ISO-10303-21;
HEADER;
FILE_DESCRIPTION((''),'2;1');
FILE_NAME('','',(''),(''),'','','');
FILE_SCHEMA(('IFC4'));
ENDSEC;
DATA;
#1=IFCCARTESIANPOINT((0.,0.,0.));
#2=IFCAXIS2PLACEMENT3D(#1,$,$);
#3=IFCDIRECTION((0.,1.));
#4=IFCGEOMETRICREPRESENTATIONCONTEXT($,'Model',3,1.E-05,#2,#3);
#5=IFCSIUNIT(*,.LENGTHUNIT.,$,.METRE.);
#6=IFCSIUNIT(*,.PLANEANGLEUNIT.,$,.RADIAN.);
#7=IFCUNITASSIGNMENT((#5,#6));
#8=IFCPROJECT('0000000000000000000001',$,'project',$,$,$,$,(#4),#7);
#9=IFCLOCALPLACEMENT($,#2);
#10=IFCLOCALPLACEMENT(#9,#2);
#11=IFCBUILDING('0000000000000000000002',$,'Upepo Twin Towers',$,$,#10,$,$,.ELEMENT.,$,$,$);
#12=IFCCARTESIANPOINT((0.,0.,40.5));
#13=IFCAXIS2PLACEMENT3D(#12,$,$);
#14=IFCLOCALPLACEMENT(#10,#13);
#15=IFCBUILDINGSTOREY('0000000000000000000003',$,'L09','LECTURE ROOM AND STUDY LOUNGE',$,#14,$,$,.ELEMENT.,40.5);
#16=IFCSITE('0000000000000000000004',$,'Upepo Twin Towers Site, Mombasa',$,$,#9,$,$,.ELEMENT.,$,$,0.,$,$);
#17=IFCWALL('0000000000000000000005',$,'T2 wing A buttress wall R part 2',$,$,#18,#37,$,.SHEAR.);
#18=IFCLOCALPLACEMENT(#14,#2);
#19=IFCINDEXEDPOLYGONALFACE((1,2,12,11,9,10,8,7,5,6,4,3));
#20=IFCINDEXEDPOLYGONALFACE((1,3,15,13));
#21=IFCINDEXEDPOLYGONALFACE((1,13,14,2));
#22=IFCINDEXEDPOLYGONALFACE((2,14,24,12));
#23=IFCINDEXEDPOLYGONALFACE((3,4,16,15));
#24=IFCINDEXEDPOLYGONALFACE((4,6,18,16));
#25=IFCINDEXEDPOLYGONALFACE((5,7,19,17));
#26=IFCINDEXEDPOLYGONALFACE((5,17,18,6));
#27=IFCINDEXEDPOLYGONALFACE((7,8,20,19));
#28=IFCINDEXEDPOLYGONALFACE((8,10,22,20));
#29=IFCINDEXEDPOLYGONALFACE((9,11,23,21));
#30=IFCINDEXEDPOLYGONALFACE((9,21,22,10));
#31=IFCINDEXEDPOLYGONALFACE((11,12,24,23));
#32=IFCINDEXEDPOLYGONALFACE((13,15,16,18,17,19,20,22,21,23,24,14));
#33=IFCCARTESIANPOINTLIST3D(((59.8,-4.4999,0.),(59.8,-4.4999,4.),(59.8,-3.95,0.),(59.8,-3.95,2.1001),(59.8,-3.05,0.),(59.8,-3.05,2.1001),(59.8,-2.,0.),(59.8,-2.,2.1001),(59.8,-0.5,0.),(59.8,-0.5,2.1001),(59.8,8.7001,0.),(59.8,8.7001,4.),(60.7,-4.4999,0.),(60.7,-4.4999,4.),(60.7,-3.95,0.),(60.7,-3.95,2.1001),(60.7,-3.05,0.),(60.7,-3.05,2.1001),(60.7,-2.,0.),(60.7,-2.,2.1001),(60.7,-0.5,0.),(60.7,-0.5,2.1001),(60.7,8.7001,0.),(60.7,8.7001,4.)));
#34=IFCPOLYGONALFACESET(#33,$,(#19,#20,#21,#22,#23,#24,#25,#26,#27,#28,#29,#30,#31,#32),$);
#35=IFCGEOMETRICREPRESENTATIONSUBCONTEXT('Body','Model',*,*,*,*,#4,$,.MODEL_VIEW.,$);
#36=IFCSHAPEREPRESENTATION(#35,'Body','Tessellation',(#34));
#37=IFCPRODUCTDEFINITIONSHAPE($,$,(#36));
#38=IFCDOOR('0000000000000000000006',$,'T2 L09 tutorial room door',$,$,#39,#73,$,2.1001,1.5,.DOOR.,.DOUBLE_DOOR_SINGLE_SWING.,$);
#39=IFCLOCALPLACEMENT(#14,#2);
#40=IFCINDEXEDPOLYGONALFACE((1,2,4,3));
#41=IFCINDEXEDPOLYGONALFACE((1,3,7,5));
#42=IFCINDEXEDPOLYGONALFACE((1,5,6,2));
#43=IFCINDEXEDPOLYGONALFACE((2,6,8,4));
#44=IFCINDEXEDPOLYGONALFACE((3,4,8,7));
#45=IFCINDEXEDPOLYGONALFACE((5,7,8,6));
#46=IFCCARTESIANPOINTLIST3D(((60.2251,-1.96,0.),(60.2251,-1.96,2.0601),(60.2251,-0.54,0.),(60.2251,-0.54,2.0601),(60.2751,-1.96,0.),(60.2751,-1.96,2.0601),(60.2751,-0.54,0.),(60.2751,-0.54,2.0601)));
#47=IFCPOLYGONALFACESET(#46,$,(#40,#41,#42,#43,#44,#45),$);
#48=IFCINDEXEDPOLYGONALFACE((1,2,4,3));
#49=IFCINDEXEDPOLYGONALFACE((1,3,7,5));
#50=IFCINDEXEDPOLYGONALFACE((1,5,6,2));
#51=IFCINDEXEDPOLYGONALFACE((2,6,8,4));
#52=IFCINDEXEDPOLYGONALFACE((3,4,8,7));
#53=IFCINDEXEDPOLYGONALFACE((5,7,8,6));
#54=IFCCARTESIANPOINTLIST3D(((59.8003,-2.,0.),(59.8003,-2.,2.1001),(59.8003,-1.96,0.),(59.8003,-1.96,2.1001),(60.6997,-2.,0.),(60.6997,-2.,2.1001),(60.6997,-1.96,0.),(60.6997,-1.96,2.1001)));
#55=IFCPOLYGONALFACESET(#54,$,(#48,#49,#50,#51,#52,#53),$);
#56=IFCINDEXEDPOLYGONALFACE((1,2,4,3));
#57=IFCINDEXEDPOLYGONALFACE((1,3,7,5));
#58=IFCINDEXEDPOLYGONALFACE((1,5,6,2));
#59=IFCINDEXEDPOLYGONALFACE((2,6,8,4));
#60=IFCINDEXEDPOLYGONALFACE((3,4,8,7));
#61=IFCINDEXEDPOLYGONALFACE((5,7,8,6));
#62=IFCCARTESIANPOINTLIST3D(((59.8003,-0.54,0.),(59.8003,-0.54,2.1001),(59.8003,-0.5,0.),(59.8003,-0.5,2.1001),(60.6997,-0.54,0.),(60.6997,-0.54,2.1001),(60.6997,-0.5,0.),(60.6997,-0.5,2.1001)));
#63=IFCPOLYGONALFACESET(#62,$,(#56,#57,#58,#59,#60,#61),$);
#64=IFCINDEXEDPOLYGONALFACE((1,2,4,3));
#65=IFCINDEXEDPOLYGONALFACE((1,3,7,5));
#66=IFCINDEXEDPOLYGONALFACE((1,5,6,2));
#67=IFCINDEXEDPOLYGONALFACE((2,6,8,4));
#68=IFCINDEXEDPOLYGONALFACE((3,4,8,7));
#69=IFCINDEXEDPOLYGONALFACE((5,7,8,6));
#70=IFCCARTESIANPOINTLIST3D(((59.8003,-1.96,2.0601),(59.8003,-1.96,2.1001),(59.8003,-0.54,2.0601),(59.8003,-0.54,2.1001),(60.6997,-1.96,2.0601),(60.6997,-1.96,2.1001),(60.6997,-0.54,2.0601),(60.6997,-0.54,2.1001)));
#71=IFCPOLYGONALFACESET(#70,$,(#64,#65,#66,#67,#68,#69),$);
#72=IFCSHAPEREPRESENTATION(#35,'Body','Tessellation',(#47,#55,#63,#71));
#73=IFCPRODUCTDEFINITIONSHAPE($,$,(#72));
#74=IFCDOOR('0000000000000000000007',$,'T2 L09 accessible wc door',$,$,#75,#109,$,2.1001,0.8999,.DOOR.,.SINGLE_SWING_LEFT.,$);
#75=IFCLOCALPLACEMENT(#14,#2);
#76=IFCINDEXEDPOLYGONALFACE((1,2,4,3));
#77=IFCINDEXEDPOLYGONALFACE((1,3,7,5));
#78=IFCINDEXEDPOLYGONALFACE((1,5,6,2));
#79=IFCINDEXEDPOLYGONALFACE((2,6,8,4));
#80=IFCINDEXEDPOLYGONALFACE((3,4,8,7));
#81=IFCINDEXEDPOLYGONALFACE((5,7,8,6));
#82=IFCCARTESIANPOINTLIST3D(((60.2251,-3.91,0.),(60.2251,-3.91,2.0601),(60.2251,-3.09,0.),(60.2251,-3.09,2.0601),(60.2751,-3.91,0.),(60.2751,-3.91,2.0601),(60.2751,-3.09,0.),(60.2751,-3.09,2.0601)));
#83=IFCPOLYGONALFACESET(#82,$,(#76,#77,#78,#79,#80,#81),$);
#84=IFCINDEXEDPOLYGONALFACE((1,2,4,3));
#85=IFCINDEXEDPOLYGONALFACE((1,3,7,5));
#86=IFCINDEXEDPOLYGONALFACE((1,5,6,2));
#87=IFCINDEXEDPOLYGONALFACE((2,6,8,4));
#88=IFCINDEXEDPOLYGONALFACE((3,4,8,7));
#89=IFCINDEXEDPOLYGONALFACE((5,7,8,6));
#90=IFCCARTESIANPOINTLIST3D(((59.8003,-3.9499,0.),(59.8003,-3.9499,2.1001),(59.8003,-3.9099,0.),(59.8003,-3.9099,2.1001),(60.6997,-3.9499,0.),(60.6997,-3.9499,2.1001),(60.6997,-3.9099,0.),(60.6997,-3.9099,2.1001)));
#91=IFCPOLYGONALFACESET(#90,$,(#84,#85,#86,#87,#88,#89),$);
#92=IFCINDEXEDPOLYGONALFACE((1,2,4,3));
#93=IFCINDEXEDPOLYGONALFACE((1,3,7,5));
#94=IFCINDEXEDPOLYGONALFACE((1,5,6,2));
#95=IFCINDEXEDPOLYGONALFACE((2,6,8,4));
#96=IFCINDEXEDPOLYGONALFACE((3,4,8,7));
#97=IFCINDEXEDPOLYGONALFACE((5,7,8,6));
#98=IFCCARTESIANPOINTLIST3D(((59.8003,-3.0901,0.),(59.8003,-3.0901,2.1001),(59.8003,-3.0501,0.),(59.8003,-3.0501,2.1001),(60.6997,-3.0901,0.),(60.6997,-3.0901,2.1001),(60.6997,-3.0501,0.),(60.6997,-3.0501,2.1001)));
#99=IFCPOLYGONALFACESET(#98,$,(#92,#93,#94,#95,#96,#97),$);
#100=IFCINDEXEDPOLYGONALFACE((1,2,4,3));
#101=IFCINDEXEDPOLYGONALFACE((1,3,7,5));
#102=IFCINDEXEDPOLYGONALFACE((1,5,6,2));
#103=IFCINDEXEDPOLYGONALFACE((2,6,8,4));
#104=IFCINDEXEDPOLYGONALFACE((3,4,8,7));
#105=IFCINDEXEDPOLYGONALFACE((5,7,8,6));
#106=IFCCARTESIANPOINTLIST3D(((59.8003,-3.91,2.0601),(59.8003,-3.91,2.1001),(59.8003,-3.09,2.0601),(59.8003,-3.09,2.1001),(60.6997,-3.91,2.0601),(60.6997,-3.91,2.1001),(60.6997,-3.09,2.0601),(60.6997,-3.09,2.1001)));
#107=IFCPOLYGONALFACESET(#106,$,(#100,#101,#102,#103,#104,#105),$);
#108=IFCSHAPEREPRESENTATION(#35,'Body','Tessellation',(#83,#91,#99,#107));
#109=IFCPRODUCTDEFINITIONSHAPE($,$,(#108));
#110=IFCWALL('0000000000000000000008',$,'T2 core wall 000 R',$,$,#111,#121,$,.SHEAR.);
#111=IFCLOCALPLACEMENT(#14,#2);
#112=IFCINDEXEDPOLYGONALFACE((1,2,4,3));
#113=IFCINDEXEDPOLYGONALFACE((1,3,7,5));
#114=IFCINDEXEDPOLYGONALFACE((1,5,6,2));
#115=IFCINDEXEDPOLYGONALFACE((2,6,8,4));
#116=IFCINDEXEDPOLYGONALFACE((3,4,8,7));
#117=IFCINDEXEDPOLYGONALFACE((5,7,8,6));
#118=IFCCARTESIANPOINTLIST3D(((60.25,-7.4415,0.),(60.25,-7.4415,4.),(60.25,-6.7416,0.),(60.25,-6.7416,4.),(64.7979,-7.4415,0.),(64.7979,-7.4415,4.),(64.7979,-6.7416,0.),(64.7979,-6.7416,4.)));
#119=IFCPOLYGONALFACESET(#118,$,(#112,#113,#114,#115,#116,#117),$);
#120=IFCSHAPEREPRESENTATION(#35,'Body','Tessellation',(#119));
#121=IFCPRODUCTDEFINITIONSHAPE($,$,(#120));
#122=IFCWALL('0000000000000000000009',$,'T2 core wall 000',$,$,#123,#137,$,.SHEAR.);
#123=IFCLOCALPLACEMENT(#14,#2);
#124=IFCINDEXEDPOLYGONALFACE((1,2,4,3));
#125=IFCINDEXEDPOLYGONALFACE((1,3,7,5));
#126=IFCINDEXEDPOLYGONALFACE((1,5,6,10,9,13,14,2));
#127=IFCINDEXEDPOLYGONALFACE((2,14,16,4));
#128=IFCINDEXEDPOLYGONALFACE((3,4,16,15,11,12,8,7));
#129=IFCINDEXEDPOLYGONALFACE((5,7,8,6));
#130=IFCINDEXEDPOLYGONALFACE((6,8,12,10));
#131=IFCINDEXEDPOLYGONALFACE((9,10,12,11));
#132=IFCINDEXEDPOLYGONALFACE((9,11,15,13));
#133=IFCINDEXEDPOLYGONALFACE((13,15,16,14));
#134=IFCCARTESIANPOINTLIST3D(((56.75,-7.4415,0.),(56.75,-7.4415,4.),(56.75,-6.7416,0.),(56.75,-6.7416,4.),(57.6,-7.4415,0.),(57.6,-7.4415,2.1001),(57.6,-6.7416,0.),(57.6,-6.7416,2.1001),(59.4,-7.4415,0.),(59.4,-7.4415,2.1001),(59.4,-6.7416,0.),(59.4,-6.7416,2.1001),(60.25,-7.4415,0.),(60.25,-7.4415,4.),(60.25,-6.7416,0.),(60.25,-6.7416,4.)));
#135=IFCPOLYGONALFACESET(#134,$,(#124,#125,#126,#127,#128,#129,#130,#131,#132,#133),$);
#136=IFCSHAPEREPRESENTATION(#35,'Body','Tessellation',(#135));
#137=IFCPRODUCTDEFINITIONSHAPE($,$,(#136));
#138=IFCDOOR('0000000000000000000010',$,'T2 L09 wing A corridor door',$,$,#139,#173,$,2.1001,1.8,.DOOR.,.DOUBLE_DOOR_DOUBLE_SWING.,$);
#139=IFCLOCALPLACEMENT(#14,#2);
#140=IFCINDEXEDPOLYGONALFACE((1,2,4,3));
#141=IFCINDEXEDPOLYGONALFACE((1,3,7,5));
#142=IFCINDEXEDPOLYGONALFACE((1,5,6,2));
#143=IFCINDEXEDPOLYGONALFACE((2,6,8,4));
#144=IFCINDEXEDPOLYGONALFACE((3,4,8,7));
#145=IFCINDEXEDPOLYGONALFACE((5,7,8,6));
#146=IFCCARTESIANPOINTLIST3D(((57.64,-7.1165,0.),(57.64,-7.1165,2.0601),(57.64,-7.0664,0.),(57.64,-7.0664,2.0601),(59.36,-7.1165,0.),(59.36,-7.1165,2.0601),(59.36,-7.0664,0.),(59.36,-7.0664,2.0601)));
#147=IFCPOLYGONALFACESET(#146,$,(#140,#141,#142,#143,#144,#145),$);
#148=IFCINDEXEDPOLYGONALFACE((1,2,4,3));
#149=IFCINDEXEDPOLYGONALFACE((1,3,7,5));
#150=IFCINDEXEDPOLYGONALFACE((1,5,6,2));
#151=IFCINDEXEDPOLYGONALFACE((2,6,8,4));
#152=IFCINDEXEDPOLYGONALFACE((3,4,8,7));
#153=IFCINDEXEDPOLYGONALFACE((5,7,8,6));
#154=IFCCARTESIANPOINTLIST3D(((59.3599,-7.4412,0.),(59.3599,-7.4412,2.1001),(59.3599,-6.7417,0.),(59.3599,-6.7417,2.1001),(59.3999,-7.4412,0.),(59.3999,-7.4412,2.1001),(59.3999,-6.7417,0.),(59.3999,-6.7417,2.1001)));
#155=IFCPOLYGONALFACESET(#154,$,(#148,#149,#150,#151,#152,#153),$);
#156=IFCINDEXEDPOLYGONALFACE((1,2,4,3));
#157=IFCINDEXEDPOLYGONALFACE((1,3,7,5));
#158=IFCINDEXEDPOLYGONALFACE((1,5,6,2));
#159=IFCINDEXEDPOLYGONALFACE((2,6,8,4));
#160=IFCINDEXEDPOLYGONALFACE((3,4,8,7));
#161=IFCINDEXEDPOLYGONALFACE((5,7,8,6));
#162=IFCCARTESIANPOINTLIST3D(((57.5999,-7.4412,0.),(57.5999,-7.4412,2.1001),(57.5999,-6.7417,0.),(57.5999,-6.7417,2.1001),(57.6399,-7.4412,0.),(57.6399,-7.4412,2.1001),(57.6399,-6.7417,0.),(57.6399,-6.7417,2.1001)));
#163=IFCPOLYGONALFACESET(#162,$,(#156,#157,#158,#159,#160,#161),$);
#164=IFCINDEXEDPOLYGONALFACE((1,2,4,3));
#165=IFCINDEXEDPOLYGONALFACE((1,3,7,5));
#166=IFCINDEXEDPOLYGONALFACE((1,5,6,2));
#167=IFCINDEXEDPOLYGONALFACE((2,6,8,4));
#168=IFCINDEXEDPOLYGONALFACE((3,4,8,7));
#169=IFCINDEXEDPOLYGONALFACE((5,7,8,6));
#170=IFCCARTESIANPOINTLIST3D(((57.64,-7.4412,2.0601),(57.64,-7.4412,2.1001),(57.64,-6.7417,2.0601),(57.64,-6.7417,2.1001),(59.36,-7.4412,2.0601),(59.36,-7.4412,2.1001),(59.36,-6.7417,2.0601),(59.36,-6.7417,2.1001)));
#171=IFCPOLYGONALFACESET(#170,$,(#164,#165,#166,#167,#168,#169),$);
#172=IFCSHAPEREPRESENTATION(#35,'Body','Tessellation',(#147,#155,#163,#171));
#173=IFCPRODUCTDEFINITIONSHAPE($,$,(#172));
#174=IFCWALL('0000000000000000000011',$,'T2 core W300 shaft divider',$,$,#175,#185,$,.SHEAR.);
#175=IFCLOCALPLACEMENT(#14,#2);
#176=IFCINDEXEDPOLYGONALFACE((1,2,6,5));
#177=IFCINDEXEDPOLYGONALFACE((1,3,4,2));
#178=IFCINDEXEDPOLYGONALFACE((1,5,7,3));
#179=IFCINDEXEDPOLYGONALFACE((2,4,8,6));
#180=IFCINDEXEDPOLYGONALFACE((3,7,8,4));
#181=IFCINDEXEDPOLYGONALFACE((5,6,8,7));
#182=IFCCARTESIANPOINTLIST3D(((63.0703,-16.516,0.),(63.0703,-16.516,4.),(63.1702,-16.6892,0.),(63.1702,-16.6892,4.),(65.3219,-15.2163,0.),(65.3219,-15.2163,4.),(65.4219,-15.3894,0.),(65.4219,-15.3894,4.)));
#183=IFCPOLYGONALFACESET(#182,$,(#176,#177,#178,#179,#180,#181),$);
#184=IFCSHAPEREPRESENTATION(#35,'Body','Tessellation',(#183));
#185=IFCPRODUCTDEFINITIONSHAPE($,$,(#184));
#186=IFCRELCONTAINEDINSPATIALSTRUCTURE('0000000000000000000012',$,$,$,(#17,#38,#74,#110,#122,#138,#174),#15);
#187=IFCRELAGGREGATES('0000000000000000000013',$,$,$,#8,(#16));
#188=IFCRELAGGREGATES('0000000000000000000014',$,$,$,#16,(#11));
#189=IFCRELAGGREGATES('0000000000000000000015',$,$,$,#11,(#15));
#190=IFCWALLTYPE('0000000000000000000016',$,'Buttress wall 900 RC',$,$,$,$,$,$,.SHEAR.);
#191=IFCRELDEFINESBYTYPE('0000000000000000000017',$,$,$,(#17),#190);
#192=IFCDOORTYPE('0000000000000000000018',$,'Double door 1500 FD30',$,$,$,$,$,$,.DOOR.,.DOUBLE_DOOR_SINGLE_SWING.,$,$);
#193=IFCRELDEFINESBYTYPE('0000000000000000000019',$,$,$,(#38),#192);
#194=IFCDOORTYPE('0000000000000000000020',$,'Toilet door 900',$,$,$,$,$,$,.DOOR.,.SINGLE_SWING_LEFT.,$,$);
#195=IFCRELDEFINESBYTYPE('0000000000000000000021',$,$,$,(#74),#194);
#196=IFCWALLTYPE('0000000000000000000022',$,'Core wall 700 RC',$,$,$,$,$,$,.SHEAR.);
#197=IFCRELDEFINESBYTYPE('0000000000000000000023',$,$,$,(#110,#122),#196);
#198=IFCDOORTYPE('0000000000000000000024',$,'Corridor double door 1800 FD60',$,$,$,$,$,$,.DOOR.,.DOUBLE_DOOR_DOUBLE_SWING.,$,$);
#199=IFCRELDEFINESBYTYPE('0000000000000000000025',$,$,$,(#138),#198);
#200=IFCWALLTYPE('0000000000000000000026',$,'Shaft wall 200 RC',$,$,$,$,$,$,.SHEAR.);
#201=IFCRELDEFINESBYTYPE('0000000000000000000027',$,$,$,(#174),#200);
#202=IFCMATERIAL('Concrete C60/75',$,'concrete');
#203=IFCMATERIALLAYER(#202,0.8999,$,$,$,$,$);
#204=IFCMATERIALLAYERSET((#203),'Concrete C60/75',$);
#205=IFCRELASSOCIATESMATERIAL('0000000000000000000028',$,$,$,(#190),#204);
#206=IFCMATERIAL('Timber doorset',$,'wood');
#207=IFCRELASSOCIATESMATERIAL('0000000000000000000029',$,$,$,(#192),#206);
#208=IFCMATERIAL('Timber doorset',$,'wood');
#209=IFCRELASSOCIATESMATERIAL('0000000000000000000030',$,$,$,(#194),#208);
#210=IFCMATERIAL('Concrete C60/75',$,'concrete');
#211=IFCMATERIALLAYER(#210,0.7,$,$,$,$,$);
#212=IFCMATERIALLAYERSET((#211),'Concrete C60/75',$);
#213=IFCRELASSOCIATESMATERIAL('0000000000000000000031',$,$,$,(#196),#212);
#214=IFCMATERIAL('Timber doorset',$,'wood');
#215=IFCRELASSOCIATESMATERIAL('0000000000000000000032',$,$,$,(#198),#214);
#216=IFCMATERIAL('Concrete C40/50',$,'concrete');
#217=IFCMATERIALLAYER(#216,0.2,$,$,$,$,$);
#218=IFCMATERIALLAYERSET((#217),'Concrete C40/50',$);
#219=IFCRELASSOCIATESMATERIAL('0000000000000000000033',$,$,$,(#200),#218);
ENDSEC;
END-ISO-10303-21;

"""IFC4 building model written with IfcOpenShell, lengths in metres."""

from ifc_helpers import new_model, si_unit, direction, frame, frame_2d, origin, place, context, subcontext, project, spatial, rectangle, extrude, material, layer, layer_set, type_object, element, fill, save


model = new_model("IFC4")

# Units and contexts
model_context = context("Model", 3, precision=1e-05, world=origin(), true_north=direction((0.0, 1.0)))
body_context = subcontext(model_context, "Body", "Model", "MODEL_VIEW")
ifc_project = project(units=[si_unit("LENGTHUNIT", "METRE"), si_unit("PLANEANGLEUNIT", "RADIAN")], contexts=[model_context])

# Site, building, storey
site_placement = place(None, origin())
site = spatial("IfcSite", under=ifc_project, at=site_placement, Name="Upepo Twin Towers Site, Mombasa", CompositionType="ELEMENT", RefElevation=0.0)
building_placement = place(site_placement, origin())
building = spatial("IfcBuilding", under=site, at=building_placement, Name="Upepo Twin Towers", CompositionType="ELEMENT")
storey_placement = place(building_placement, frame((0.0, 0.0, 40.5)))
storey = spatial("IfcBuildingStorey", under=building, at=storey_placement, Name="L09", Description="LECTURE ROOM AND STUDY LOUNGE", CompositionType="ELEMENT", Elevation=40.5)

# Wall, openings, doors
ifc_material_1 = material(Name="Concrete C60/75", Category="concrete")
ifc_layer_1 = layer(ifc_material_1, 0.8999)
ifc_layer_set_1 = layer_set([ifc_layer_1], Name="Concrete C60/75")
wall_type_1 = type_object("IfcWallType", Name="Buttress wall 900 RC", PredefinedType="SHEAR", material=ifc_layer_set_1)
wall_1_placement = place(storey_placement, frame((60.25, -4.5, 0.0), z_axis=(0.0, 0.0, 1.0), x_axis=(0.0, 1.0, 0.0)))
wall_1 = element("IfcWall", 1, at=wall_1_placement, inside=storey, type_object=wall_type_1, Name="T2 wing A buttress wall R part 2", PredefinedType="SHEAR", context=body_context, shape_type="SweptSolid", body=[
    extrude(rectangle(XDim=13.2, YDim=0.8999, at=frame_2d((6.6001, 0.0))), origin(), (0.0, 0.0, 1.0), 4.0),
])
opening_1_placement = place(wall_1_placement, frame((0.55, 0.0, 0.0)))
opening_1 = element("IfcOpeningElement", 2, at=opening_1_placement, cuts=wall_1, PredefinedType="OPENING", context=body_context, shape_type="SweptSolid", body=[
    extrude(rectangle(XDim=0.8999, YDim=2.1001, at=frame_2d((0.45, 1.05))), frame((0.0, 0.46, 0.0), z_axis=(0.0, -1.0, 0.0), x_axis=(1.0, 0.0, 0.0)), (0.0, 0.0, 1.0), 0.9199),
])
opening_2_placement = place(wall_1_placement, frame((2.5, 0.0, 0.0)))
opening_2 = element("IfcOpeningElement", 3, at=opening_2_placement, cuts=wall_1, PredefinedType="OPENING", context=body_context, shape_type="SweptSolid", body=[
    extrude(rectangle(XDim=1.5, YDim=2.1001, at=frame_2d((0.75, 1.05))), frame((0.0, 0.46, 0.0), z_axis=(0.0, -1.0, 0.0), x_axis=(1.0, 0.0, 0.0)), (0.0, 0.0, 1.0), 0.9199),
])
ifc_material_2 = material(Name="Timber doorset", Category="wood")
door_type_1 = type_object("IfcDoorType", Name="Double door 1500 FD30", OperationType="DOUBLE_DOOR_SINGLE_SWING", PredefinedType="DOOR", material=ifc_material_2)
door_1_placement = place(opening_2_placement, origin())
door_1 = element("IfcDoor", 4, at=door_1_placement, inside=storey, type_object=door_type_1, Name="T2 L09 tutorial room door", OperationType="DOUBLE_DOOR_SINGLE_SWING", OverallHeight=2.1001, OverallWidth=1.5, PredefinedType="DOOR", context=body_context, shape_type="SweptSolid", body=[
    extrude(rectangle(XDim=1.42, YDim=2.0601, at=frame_2d((0.75, 1.03))), frame((0.0, 0.0249, 0.0), z_axis=(0.0, -1.0, 0.0), x_axis=(1.0, 0.0, 0.0)), (0.0, 0.0, 1.0), 0.05),
    extrude(rectangle(XDim=0.04, YDim=2.1001, at=frame_2d((0.02, 1.05))), frame((0.0, 0.4497, 0.0), z_axis=(0.0, -1.0, 0.0), x_axis=(1.0, 0.0, 0.0)), (0.0, 0.0, 1.0), 0.8994),
    extrude(rectangle(XDim=0.04, YDim=2.1001, at=frame_2d((1.48, 1.05))), frame((0.0, 0.4497, 0.0), z_axis=(0.0, -1.0, 0.0), x_axis=(1.0, 0.0, 0.0)), (0.0, 0.0, 1.0), 0.8994),
    extrude(rectangle(XDim=1.42, YDim=0.04, at=frame_2d((0.75, 2.0801))), frame((0.0, 0.4497, 0.0), z_axis=(0.0, -1.0, 0.0), x_axis=(1.0, 0.0, 0.0)), (0.0, 0.0, 1.0), 0.8994),
])
fill(opening_2, door_1)
ifc_material_3 = material(Name="Timber doorset", Category="wood")
door_type_2 = type_object("IfcDoorType", Name="Toilet door 900", OperationType="SINGLE_SWING_LEFT", PredefinedType="DOOR", material=ifc_material_3)
door_2_placement = place(opening_1_placement, origin())
door_2 = element("IfcDoor", 5, at=door_2_placement, inside=storey, type_object=door_type_2, Name="T2 L09 accessible wc door", OperationType="SINGLE_SWING_LEFT", OverallHeight=2.1001, OverallWidth=0.8999, PredefinedType="DOOR", context=body_context, shape_type="SweptSolid", body=[
    extrude(rectangle(XDim=0.8199, YDim=2.0601, at=frame_2d((0.45, 1.03))), frame((0.0, 0.0249, 0.0), z_axis=(0.0, -1.0, 0.0), x_axis=(1.0, 0.0, 0.0)), (0.0, 0.0, 1.0), 0.05),
    extrude(rectangle(XDim=0.04, YDim=2.1001, at=frame_2d((0.02, 1.05))), frame((0.0, 0.4497, 0.0), z_axis=(0.0, -1.0, 0.0), x_axis=(1.0, 0.0, 0.0)), (0.0, 0.0, 1.0), 0.8994),
    extrude(rectangle(XDim=0.04, YDim=2.1001, at=frame_2d((0.8799, 1.05))), frame((0.0, 0.4497, 0.0), z_axis=(0.0, -1.0, 0.0), x_axis=(1.0, 0.0, 0.0)), (0.0, 0.0, 1.0), 0.8994),
    extrude(rectangle(XDim=0.8199, YDim=0.04, at=frame_2d((0.45, 2.0801))), frame((0.0, 0.4497, 0.0), z_axis=(0.0, -1.0, 0.0), x_axis=(1.0, 0.0, 0.0)), (0.0, 0.0, 1.0), 0.8994),
])
fill(opening_1, door_2)

# Wall
ifc_material_4 = material(Name="Concrete C60/75", Category="concrete")
ifc_layer_2 = layer(ifc_material_4, 0.7)
ifc_layer_set_2 = layer_set([ifc_layer_2], Name="Concrete C60/75")
wall_type_2 = type_object("IfcWallType", Name="Core wall 700 RC", PredefinedType="SHEAR", material=ifc_layer_set_2)
wall_2_placement = place(storey_placement, frame((64.7979, -7.0916, 0.0), z_axis=(0.0, 0.0, 1.0), x_axis=(-1.0, 0.0, 0.0)))
element("IfcWall", 6, at=wall_2_placement, inside=storey, type_object=wall_type_2, Name="T2 core wall 000 R", PredefinedType="SHEAR", context=body_context, shape_type="SweptSolid", body=[
    extrude(rectangle(XDim=4.5479, YDim=0.7, at=frame_2d((2.2739, 0.0))), origin(), (0.0, 0.0, 1.0), 4.0),
])

# Wall, opening, door
wall_3_placement = place(storey_placement, frame((60.25, -7.0916, 0.0), z_axis=(0.0, 0.0, 1.0), x_axis=(-1.0, 0.0, 0.0)))
wall_3 = element("IfcWall", 7, at=wall_3_placement, inside=storey, type_object=wall_type_2, Name="T2 core wall 000", PredefinedType="SHEAR", context=body_context, shape_type="SweptSolid", body=[
    extrude(rectangle(XDim=3.5, YDim=0.7, at=frame_2d((1.75, 0.0))), origin(), (0.0, 0.0, 1.0), 4.0),
])
opening_3_placement = place(wall_3_placement, frame((0.8501, 0.0, 0.0)))
opening_3 = element("IfcOpeningElement", 8, at=opening_3_placement, cuts=wall_3, PredefinedType="OPENING", context=body_context, shape_type="SweptSolid", body=[
    extrude(rectangle(XDim=1.8, YDim=2.1001, at=frame_2d((0.8999, 1.05))), frame((0.0, 0.3599, 0.0), z_axis=(0.0, -1.0, 0.0), x_axis=(1.0, 0.0, 0.0)), (0.0, 0.0, 1.0), 0.72),
])
ifc_material_5 = material(Name="Timber doorset", Category="wood")
door_type_3 = type_object("IfcDoorType", Name="Corridor double door 1800 FD60", OperationType="DOUBLE_DOOR_DOUBLE_SWING", PredefinedType="DOOR", material=ifc_material_5)
door_3_placement = place(opening_3_placement, origin())
door_3 = element("IfcDoor", 9, at=door_3_placement, inside=storey, type_object=door_type_3, Name="T2 L09 wing A corridor door", OperationType="DOUBLE_DOOR_DOUBLE_SWING", OverallHeight=2.1001, OverallWidth=1.8, PredefinedType="DOOR", context=body_context, shape_type="SweptSolid", body=[
    extrude(rectangle(XDim=1.72, YDim=2.0601, at=frame_2d((0.8999, 1.03))), frame((0.0, 0.0249, 0.0), z_axis=(0.0, -1.0, 0.0), x_axis=(1.0, 0.0, 0.0)), (0.0, 0.0, 1.0), 0.05),
    extrude(rectangle(XDim=0.04, YDim=2.1001, at=frame_2d((0.02, 1.05))), frame((0.0, 0.3496, 0.0), z_axis=(0.0, -1.0, 0.0), x_axis=(1.0, 0.0, 0.0)), (0.0, 0.0, 1.0), 0.6995),
    extrude(rectangle(XDim=0.04, YDim=2.1001, at=frame_2d((1.78, 1.05))), frame((0.0, 0.3496, 0.0), z_axis=(0.0, -1.0, 0.0), x_axis=(1.0, 0.0, 0.0)), (0.0, 0.0, 1.0), 0.6995),
    extrude(rectangle(XDim=1.72, YDim=0.04, at=frame_2d((0.8999, 2.0801))), frame((0.0, 0.3496, 0.0), z_axis=(0.0, -1.0, 0.0), x_axis=(1.0, 0.0, 0.0)), (0.0, 0.0, 1.0), 0.6995),
])
fill(opening_3, door_3)

# Wall
ifc_material_6 = material(Name="Concrete C40/50", Category="concrete")
ifc_layer_3 = layer(ifc_material_6, 0.2)
ifc_layer_set_3 = layer_set([ifc_layer_3], Name="Concrete C40/50")
wall_type_3 = type_object("IfcWallType", Name="Shaft wall 200 RC", PredefinedType="SHEAR", material=ifc_layer_set_3)
wall_4_placement = place(storey_placement, frame((63.1204, -16.6025, 0.0), z_axis=(0.0, 0.0, 1.0), x_axis=(0.866062, 0.499937, 0.0)))
element("IfcWall", 10, at=wall_4_placement, inside=storey, type_object=wall_type_3, Name="T2 core W300 shaft divider", PredefinedType="SHEAR", context=body_context, shape_type="SweptSolid", body=[
    extrude(rectangle(XDim=2.5999, YDim=0.2, at=frame_2d((1.2998, 0.0))), origin(), (0.0, 0.0, 1.0), 4.0),
])

save(model, "model.ifc")
